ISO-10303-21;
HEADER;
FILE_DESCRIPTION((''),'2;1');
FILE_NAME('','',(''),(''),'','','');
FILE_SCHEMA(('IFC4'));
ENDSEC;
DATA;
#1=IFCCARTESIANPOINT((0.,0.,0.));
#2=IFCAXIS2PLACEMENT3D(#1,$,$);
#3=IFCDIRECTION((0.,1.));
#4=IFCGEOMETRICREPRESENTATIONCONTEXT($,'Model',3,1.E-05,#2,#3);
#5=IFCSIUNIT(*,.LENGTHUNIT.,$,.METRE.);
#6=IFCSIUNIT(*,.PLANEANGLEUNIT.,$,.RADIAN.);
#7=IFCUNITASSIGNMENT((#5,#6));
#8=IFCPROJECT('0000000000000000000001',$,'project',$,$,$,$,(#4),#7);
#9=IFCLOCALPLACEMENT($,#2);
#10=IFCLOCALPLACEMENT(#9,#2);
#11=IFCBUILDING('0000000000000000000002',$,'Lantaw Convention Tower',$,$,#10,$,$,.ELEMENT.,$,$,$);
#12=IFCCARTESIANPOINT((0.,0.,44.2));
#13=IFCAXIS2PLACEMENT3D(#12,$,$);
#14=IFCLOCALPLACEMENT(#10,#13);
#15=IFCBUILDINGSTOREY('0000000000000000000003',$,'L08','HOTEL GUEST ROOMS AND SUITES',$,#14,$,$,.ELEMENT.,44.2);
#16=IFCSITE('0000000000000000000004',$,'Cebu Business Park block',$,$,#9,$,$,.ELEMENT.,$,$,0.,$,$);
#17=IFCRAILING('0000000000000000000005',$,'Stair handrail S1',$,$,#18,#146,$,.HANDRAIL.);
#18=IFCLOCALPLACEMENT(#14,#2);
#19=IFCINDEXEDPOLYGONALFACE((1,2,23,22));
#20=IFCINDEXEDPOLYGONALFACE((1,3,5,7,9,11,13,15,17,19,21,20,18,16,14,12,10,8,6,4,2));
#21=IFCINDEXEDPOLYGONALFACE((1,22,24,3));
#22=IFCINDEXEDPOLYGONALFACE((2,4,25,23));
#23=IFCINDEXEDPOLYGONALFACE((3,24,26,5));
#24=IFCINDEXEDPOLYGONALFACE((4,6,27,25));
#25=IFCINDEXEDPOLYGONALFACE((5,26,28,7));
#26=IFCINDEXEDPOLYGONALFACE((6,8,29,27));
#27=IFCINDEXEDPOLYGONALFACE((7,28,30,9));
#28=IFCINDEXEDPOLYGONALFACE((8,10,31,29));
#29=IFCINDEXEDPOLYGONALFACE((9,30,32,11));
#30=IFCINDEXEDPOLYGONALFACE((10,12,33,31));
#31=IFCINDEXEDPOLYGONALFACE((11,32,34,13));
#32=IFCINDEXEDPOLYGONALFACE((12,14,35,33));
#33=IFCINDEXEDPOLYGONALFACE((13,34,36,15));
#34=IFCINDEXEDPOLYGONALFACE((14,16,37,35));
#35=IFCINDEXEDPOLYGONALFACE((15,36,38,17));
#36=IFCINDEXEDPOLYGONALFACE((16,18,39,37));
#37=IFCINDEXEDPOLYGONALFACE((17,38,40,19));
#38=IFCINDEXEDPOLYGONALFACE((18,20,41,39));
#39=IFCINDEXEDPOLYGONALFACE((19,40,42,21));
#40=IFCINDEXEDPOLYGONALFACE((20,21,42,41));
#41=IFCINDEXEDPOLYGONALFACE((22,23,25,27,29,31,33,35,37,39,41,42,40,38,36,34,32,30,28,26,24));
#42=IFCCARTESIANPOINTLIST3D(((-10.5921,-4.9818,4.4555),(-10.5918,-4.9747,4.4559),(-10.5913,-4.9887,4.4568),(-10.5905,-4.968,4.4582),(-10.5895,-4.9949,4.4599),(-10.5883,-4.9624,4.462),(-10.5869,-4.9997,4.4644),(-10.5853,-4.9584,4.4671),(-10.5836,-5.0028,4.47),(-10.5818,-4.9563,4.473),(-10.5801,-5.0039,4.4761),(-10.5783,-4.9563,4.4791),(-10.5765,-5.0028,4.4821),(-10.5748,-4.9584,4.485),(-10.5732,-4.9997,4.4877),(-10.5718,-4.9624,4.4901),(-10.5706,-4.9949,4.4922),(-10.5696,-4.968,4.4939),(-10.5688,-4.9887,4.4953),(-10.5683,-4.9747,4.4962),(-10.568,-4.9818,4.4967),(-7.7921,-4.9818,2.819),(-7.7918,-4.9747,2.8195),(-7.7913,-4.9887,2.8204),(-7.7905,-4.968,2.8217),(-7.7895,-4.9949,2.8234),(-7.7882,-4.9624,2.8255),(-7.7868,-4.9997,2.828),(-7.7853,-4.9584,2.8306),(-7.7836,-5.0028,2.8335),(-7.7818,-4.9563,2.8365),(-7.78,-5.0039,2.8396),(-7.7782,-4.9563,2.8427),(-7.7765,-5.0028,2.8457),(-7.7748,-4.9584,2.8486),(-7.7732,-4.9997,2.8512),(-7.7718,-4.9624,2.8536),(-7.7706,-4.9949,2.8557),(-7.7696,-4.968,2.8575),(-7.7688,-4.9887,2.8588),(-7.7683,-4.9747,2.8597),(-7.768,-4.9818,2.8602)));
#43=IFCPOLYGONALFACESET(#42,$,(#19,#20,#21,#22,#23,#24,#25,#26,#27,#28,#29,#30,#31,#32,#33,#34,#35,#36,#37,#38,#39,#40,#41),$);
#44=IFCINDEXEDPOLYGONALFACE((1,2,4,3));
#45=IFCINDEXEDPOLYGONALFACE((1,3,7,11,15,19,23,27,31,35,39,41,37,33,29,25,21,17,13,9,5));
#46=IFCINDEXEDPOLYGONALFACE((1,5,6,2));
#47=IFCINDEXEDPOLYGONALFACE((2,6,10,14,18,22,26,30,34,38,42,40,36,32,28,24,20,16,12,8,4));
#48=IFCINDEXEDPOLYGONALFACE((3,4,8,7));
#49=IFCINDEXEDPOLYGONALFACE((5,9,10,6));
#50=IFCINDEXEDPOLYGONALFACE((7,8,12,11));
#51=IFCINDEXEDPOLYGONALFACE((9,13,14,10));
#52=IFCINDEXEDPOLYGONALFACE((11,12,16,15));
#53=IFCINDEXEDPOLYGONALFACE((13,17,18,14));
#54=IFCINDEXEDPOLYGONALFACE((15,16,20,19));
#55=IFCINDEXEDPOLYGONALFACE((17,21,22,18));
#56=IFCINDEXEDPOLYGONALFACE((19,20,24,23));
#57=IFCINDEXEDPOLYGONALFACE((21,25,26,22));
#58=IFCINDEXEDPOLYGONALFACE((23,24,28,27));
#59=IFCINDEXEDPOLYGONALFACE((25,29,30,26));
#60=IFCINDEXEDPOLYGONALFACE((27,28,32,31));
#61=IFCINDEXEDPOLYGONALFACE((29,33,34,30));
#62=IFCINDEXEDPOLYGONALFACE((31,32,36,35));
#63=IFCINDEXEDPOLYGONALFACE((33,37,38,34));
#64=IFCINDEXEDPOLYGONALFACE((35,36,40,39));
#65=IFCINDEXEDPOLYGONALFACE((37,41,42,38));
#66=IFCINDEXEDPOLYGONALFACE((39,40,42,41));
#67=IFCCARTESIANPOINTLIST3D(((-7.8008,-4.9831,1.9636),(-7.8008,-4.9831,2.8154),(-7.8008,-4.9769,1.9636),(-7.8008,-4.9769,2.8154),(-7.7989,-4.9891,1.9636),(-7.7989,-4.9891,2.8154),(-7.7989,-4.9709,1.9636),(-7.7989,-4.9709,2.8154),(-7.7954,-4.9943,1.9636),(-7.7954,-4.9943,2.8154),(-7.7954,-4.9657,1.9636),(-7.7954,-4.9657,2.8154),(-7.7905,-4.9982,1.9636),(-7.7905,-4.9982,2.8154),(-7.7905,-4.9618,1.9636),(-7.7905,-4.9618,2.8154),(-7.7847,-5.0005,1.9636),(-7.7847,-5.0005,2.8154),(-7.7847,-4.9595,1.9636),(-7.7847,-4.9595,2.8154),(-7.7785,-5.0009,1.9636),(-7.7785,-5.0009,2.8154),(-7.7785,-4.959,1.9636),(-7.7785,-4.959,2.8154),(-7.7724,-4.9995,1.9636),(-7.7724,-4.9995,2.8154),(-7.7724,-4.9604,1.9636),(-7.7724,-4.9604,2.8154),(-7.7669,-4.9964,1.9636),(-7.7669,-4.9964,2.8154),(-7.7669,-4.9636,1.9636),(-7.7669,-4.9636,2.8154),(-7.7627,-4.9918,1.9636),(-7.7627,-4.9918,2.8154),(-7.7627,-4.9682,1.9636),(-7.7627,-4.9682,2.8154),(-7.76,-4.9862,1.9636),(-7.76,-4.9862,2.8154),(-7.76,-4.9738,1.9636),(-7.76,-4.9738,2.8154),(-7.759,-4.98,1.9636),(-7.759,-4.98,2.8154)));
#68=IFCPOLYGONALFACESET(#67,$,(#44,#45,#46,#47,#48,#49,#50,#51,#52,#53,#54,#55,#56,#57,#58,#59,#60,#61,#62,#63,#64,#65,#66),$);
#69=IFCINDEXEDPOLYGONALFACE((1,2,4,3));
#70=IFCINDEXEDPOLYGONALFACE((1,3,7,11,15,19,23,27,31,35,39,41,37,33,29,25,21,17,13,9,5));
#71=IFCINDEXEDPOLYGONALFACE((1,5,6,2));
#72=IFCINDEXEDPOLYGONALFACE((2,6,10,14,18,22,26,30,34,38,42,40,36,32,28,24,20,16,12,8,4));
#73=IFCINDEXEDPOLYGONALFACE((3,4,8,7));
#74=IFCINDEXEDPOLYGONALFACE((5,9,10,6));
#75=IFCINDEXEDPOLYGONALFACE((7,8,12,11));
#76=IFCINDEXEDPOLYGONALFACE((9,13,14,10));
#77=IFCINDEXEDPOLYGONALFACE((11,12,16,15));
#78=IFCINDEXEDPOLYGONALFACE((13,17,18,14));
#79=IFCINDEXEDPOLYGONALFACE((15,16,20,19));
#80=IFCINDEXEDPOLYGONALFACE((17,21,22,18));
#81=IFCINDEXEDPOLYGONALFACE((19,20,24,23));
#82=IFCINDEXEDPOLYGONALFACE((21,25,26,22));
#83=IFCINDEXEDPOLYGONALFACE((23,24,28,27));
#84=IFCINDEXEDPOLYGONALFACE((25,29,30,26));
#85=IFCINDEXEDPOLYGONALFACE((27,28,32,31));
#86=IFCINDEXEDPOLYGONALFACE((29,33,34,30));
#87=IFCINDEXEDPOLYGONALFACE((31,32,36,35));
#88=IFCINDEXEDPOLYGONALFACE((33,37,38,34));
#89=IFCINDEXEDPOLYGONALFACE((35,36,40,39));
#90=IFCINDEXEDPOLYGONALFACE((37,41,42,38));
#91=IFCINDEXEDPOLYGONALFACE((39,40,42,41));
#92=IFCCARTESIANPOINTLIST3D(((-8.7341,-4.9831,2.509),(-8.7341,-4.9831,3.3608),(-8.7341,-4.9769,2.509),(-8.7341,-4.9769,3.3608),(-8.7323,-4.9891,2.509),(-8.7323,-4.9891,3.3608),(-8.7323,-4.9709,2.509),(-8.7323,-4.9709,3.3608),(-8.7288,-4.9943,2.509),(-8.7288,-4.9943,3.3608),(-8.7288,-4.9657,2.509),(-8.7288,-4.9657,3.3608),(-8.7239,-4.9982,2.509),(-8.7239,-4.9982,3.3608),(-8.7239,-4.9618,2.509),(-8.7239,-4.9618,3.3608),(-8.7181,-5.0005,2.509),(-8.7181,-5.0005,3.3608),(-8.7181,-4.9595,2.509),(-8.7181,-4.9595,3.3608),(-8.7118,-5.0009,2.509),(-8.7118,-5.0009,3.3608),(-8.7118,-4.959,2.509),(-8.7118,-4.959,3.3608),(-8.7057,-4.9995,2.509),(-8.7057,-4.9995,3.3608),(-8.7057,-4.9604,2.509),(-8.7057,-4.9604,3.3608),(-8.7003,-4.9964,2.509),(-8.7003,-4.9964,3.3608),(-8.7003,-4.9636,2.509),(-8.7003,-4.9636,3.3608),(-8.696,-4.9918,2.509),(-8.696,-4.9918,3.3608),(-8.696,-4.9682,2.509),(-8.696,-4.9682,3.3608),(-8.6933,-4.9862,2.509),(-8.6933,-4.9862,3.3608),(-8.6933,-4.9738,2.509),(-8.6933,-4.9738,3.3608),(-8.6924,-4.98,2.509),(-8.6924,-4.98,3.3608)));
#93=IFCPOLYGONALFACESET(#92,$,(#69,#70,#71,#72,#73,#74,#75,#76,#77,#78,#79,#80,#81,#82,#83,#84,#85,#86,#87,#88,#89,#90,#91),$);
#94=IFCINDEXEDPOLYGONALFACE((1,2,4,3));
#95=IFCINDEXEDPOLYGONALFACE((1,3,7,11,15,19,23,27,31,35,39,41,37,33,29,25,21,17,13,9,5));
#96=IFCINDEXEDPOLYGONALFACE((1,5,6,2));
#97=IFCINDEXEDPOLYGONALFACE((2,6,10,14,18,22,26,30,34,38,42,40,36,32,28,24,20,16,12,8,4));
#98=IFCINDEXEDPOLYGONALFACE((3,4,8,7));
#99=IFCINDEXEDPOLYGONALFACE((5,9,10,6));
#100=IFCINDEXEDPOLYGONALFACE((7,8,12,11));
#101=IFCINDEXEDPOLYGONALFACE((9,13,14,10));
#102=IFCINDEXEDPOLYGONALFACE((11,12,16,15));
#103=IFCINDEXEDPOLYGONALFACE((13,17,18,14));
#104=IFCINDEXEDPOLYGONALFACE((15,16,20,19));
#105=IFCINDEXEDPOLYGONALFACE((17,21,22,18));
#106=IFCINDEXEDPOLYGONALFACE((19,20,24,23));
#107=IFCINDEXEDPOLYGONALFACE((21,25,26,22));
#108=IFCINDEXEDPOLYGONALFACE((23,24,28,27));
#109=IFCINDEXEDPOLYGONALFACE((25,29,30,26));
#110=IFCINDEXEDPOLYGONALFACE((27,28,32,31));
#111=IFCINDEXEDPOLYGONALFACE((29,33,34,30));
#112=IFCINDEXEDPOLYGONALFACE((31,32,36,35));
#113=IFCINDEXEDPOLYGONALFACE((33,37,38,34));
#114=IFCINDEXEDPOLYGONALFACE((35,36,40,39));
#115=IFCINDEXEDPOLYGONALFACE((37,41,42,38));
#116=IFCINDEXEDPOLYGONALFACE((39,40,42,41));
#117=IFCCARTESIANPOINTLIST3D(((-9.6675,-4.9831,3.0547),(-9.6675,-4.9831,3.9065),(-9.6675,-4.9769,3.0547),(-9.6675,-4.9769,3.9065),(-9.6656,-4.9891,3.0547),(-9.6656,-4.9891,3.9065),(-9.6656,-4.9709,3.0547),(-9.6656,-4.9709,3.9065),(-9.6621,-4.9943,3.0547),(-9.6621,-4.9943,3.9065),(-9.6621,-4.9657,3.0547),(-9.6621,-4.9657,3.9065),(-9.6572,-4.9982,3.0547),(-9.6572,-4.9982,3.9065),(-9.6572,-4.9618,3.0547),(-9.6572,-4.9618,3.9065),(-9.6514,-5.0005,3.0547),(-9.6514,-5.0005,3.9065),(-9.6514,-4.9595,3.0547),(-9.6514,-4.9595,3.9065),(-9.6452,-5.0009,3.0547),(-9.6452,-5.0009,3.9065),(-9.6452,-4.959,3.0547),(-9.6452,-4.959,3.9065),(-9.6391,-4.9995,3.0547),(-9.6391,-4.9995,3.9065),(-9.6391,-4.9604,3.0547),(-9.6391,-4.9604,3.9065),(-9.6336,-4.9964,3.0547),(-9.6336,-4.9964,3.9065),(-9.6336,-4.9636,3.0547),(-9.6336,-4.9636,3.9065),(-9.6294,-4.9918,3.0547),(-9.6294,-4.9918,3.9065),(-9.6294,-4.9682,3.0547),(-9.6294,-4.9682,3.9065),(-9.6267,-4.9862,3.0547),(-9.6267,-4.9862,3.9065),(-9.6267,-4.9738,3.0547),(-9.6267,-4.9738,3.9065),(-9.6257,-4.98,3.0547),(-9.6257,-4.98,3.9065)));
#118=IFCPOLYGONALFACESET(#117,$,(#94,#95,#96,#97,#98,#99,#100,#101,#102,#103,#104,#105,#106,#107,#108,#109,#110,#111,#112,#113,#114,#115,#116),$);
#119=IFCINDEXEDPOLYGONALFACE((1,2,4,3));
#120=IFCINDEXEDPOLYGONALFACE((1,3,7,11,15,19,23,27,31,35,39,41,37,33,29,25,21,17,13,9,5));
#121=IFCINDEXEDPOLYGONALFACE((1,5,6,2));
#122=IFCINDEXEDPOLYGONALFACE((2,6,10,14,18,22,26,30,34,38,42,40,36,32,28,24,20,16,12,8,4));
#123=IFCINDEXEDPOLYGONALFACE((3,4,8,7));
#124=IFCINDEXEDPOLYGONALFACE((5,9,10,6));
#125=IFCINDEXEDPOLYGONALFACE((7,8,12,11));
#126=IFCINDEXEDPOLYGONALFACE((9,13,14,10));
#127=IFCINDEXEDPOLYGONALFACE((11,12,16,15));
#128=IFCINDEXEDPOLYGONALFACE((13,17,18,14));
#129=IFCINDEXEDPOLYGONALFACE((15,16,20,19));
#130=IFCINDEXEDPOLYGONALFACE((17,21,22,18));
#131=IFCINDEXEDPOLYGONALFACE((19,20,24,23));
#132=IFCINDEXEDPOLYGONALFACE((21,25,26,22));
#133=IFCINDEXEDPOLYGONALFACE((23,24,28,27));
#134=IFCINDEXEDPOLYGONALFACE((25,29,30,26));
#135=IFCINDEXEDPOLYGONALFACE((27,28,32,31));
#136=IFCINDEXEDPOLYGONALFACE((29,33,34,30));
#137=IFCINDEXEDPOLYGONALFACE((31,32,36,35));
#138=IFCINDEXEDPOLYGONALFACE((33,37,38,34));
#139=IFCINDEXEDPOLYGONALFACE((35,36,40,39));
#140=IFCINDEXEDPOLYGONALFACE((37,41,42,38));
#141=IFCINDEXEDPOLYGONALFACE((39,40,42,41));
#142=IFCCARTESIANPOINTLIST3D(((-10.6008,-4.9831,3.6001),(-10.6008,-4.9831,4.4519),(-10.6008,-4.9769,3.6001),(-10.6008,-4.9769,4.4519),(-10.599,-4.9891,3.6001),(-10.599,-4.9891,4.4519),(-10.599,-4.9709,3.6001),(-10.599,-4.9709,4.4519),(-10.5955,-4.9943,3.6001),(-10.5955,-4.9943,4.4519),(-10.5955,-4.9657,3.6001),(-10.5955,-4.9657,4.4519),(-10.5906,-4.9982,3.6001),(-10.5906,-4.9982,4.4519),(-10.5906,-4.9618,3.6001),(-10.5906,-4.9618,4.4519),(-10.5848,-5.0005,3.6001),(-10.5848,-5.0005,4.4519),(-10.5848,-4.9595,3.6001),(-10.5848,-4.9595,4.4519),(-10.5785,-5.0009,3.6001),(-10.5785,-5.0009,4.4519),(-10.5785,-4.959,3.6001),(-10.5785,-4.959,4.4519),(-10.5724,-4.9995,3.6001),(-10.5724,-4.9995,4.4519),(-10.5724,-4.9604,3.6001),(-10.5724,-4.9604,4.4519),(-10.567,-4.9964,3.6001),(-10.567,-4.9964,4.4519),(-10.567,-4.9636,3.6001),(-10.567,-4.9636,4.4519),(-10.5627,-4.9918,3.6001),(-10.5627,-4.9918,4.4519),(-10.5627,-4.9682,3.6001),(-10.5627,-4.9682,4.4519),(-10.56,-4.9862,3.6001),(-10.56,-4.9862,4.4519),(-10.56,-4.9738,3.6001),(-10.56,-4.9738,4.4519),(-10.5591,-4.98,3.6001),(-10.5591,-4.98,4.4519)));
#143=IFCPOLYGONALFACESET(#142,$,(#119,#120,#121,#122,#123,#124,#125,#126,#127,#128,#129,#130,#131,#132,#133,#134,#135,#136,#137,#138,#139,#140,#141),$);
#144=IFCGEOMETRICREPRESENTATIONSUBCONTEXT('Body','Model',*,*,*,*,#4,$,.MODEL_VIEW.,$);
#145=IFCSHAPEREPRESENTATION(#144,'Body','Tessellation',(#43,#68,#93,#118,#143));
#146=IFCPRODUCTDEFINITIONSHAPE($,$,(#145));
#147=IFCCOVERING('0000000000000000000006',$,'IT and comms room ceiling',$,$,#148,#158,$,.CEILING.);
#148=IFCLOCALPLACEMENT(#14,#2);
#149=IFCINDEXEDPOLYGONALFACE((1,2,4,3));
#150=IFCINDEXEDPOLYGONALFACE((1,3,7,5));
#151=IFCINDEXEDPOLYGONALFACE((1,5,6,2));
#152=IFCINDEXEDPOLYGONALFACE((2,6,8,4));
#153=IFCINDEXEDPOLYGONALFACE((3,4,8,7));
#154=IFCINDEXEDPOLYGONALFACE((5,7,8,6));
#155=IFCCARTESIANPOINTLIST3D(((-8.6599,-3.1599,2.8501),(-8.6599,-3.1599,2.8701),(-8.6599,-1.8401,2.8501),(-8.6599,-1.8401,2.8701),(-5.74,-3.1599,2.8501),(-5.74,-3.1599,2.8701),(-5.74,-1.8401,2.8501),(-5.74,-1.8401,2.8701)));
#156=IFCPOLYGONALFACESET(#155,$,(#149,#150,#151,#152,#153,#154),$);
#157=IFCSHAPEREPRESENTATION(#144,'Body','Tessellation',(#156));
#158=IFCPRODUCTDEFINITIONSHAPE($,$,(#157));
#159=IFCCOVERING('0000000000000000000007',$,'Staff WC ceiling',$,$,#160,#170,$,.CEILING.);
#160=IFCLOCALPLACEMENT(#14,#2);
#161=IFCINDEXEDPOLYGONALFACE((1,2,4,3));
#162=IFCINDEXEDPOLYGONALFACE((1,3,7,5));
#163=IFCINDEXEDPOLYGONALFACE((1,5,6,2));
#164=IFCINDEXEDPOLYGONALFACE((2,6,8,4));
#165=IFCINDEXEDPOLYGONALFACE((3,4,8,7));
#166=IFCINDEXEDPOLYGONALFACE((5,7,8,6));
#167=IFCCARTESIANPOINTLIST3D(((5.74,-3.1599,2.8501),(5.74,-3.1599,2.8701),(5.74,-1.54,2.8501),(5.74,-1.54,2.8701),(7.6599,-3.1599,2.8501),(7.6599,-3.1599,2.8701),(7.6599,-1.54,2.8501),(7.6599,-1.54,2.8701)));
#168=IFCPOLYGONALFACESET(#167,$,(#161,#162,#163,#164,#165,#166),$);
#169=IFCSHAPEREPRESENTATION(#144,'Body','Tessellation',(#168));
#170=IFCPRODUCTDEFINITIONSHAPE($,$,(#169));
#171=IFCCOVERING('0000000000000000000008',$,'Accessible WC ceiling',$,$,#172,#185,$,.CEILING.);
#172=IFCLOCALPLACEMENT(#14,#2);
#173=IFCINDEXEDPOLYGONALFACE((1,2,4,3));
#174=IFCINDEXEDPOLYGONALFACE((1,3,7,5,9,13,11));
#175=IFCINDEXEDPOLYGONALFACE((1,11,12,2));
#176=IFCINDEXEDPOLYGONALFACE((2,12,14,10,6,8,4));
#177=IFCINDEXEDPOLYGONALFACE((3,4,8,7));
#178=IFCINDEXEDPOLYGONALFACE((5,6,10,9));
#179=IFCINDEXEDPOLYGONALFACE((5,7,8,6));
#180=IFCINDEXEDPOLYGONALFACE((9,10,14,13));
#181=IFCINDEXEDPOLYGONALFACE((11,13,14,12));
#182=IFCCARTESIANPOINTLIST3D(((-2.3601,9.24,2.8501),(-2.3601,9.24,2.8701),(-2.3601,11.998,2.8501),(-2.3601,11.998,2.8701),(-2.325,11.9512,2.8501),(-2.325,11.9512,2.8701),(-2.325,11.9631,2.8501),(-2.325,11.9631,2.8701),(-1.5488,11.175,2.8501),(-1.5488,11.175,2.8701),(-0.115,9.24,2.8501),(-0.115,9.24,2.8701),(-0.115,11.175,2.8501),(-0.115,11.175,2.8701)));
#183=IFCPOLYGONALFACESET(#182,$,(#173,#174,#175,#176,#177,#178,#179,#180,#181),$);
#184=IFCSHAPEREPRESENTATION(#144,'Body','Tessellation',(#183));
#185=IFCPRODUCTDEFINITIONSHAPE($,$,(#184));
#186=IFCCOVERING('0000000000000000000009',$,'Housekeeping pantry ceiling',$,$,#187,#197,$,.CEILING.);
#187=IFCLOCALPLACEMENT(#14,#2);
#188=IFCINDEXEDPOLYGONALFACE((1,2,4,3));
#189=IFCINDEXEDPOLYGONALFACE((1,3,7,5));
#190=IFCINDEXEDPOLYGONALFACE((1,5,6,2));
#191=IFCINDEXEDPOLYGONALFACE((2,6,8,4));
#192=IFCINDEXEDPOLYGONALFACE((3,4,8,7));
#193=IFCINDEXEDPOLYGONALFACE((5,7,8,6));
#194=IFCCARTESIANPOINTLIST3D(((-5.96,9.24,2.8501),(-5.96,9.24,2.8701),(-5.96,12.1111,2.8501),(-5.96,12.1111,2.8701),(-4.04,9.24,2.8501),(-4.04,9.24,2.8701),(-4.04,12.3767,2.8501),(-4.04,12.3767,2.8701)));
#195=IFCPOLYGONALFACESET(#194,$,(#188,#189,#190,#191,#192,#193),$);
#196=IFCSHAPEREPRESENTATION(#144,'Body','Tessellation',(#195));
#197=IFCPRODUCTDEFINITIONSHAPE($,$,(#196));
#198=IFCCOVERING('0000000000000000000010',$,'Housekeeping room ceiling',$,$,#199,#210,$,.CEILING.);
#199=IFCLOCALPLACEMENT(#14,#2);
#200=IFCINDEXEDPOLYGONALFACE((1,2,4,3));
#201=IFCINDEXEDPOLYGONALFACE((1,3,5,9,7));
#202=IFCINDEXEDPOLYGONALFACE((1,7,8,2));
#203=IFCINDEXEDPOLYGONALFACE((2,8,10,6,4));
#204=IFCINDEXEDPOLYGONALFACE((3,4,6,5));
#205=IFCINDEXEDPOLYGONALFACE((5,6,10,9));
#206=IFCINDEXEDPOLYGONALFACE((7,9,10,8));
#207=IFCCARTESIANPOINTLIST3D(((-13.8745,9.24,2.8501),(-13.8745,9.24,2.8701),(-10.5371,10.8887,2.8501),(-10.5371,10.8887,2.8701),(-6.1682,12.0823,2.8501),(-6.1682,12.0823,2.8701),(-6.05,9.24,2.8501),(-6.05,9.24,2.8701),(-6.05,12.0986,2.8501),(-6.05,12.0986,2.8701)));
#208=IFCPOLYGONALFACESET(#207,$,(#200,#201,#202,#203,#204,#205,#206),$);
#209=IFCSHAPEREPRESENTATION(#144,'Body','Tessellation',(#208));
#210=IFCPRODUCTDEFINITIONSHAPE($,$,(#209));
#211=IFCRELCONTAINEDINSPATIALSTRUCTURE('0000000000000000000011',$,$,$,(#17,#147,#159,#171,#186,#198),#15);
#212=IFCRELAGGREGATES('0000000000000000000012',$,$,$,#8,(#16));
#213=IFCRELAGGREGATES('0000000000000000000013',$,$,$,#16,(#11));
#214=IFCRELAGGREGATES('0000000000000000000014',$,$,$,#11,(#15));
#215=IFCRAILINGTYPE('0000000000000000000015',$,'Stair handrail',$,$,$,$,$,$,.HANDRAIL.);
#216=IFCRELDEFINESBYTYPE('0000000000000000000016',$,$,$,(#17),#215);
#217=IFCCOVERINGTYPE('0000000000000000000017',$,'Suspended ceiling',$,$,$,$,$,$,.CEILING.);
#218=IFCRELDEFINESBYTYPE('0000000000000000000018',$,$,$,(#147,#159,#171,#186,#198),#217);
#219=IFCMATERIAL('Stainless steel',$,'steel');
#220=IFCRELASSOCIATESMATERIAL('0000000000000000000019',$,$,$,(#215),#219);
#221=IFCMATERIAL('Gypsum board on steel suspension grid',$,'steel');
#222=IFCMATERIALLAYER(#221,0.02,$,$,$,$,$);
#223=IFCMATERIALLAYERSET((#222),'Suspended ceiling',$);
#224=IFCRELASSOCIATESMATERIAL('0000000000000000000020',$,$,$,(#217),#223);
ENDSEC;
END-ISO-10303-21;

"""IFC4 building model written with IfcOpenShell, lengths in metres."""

from ifc_helpers import new_model, si_unit, direction, frame, origin, origin_2d, place, context, subcontext, project, spatial, polyline, circle, outline, extrude, material, layer, layer_set, type_object, element, save


model = new_model("IFC4")

# Units and contexts
model_context = context("Model", 3, precision=1e-05, world=origin(), true_north=direction((0.0, 1.0)))
body_context = subcontext(model_context, "Body", "Model", "MODEL_VIEW")
ifc_project = project(units=[si_unit("LENGTHUNIT", "METRE"), si_unit("PLANEANGLEUNIT", "RADIAN")], contexts=[model_context])

# Site, building, storey
site_placement = place(None, origin())
site = spatial("IfcSite", under=ifc_project, at=site_placement, Name="Cebu Business Park block", CompositionType="ELEMENT", RefElevation=0.0)
building_placement = place(site_placement, origin())
building = spatial("IfcBuilding", under=site, at=building_placement, Name="Lantaw Convention Tower", CompositionType="ELEMENT")
storey_placement = place(building_placement, frame((0.0, 0.0, 44.2)))
storey = spatial("IfcBuildingStorey", under=building, at=storey_placement, Name="L08", Description="HOTEL GUEST ROOMS AND SUITES", CompositionType="ELEMENT", Elevation=44.2)

# Shared definitions
ifc_material_1 = material(Name="Stainless steel", Category="steel")

# Railing
railing_type = type_object("IfcRailingType", Name="Stair handrail", PredefinedType="HANDRAIL", material=ifc_material_1)
railing_1_placement = place(storey_placement, frame((-7.78, -4.98, 1.9636)))
element("IfcRailing", 1, at=railing_1_placement, inside=storey, type_object=railing_type, Name="Stair handrail S1", PredefinedType="HANDRAIL", context=body_context, shape_type="SweptSolid", body=[
    extrude(circle(Radius=0.0239, at=origin_2d()), frame((0.0, 0.0, 0.876), z_axis=(-0.863361, 0.0, 0.504587), x_axis=(0.0, -1.0, 0.0)), (0.0, 0.0, 1.0), 3.2432),
    extrude(circle(Radius=0.021, at=origin_2d()), origin(), (0.0, 0.0, 1.0), 0.8518),
    extrude(circle(Radius=0.021, at=origin_2d()), frame((-0.9333, 0.0, 0.5454)), (0.0, 0.0, 1.0), 0.8518),
    extrude(circle(Radius=0.021, at=origin_2d()), frame((-1.8667, 0.0, 1.0911)), (0.0, 0.0, 1.0), 0.8518),
    extrude(circle(Radius=0.021, at=origin_2d()), frame((-2.8, 0.0, 1.6365)), (0.0, 0.0, 1.0), 0.8518),
])

# Coverings
ifc_material_2 = material(Name="Gypsum board on steel suspension grid", Category="steel")
ifc_layer_1 = layer(ifc_material_2, 0.02)
ifc_layer_set_1 = layer_set([ifc_layer_1], Name="Suspended ceiling")
covering_type = type_object("IfcCoveringType", Name="Suspended ceiling", PredefinedType="CEILING", material=ifc_layer_set_1)
covering_1_placement = place(storey_placement, frame((0.0, 0.0, 2.8501)))
element("IfcCovering", 2, at=covering_1_placement, inside=storey, type_object=covering_type, Name="IT and comms room ceiling", PredefinedType="CEILING", context=body_context, shape_type="SweptSolid", body=[
    extrude(outline(polyline([(-8.6599, -3.1599), (-5.74, -3.1599), (-5.74, -1.8401), (-8.6599, -1.8401), (-8.6599, -3.1599)])), origin(), (0.0, 0.0, 1.0), 0.02),
])
covering_2_placement = place(storey_placement, frame((0.0, 0.0, 2.8501)))
element("IfcCovering", 3, at=covering_2_placement, inside=storey, type_object=covering_type, Name="Staff WC ceiling", PredefinedType="CEILING", context=body_context, shape_type="SweptSolid", body=[
    extrude(outline(polyline([(5.74, -3.1599), (7.6599, -3.1599), (7.6599, -1.54), (5.74, -1.54), (5.74, -3.1599)])), origin(), (0.0, 0.0, 1.0), 0.02),
])
covering_3_placement = place(storey_placement, frame((0.0, 0.0, 2.8501)))
element("IfcCovering", 4, at=covering_3_placement, inside=storey, type_object=covering_type, Name="Accessible WC ceiling", PredefinedType="CEILING", context=body_context, shape_type="SweptSolid", body=[
    extrude(outline(polyline([(-2.3601, 9.24), (-0.115, 9.24), (-0.115, 11.175), (-1.5488, 11.175), (-2.325, 11.9512), (-2.325, 11.9631), (-2.3601, 11.998), (-2.3601, 9.24)])), origin(), (0.0, 0.0, 1.0), 0.02),
])
covering_4_placement = place(storey_placement, frame((0.0, 0.0, 2.8501)))
element("IfcCovering", 5, at=covering_4_placement, inside=storey, type_object=covering_type, Name="Housekeeping pantry ceiling", PredefinedType="CEILING", context=body_context, shape_type="SweptSolid", body=[
    extrude(outline(polyline([(-5.96, 9.24), (-4.04, 9.24), (-4.04, 12.3767), (-5.96, 12.1111), (-5.96, 9.24)])), origin(), (0.0, 0.0, 1.0), 0.02),
])
covering_5_placement = place(storey_placement, frame((0.0, 0.0, 2.8501)))
element("IfcCovering", 6, at=covering_5_placement, inside=storey, type_object=covering_type, Name="Housekeeping room ceiling", PredefinedType="CEILING", context=body_context, shape_type="SweptSolid", body=[
    extrude(outline(polyline([(-13.8745, 9.24), (-6.05, 9.24), (-6.05, 12.0986), (-6.1682, 12.0823), (-10.5371, 10.8887), (-13.8745, 9.24)])), origin(), (0.0, 0.0, 1.0), 0.02),
])

save(model, "model.ifc")
